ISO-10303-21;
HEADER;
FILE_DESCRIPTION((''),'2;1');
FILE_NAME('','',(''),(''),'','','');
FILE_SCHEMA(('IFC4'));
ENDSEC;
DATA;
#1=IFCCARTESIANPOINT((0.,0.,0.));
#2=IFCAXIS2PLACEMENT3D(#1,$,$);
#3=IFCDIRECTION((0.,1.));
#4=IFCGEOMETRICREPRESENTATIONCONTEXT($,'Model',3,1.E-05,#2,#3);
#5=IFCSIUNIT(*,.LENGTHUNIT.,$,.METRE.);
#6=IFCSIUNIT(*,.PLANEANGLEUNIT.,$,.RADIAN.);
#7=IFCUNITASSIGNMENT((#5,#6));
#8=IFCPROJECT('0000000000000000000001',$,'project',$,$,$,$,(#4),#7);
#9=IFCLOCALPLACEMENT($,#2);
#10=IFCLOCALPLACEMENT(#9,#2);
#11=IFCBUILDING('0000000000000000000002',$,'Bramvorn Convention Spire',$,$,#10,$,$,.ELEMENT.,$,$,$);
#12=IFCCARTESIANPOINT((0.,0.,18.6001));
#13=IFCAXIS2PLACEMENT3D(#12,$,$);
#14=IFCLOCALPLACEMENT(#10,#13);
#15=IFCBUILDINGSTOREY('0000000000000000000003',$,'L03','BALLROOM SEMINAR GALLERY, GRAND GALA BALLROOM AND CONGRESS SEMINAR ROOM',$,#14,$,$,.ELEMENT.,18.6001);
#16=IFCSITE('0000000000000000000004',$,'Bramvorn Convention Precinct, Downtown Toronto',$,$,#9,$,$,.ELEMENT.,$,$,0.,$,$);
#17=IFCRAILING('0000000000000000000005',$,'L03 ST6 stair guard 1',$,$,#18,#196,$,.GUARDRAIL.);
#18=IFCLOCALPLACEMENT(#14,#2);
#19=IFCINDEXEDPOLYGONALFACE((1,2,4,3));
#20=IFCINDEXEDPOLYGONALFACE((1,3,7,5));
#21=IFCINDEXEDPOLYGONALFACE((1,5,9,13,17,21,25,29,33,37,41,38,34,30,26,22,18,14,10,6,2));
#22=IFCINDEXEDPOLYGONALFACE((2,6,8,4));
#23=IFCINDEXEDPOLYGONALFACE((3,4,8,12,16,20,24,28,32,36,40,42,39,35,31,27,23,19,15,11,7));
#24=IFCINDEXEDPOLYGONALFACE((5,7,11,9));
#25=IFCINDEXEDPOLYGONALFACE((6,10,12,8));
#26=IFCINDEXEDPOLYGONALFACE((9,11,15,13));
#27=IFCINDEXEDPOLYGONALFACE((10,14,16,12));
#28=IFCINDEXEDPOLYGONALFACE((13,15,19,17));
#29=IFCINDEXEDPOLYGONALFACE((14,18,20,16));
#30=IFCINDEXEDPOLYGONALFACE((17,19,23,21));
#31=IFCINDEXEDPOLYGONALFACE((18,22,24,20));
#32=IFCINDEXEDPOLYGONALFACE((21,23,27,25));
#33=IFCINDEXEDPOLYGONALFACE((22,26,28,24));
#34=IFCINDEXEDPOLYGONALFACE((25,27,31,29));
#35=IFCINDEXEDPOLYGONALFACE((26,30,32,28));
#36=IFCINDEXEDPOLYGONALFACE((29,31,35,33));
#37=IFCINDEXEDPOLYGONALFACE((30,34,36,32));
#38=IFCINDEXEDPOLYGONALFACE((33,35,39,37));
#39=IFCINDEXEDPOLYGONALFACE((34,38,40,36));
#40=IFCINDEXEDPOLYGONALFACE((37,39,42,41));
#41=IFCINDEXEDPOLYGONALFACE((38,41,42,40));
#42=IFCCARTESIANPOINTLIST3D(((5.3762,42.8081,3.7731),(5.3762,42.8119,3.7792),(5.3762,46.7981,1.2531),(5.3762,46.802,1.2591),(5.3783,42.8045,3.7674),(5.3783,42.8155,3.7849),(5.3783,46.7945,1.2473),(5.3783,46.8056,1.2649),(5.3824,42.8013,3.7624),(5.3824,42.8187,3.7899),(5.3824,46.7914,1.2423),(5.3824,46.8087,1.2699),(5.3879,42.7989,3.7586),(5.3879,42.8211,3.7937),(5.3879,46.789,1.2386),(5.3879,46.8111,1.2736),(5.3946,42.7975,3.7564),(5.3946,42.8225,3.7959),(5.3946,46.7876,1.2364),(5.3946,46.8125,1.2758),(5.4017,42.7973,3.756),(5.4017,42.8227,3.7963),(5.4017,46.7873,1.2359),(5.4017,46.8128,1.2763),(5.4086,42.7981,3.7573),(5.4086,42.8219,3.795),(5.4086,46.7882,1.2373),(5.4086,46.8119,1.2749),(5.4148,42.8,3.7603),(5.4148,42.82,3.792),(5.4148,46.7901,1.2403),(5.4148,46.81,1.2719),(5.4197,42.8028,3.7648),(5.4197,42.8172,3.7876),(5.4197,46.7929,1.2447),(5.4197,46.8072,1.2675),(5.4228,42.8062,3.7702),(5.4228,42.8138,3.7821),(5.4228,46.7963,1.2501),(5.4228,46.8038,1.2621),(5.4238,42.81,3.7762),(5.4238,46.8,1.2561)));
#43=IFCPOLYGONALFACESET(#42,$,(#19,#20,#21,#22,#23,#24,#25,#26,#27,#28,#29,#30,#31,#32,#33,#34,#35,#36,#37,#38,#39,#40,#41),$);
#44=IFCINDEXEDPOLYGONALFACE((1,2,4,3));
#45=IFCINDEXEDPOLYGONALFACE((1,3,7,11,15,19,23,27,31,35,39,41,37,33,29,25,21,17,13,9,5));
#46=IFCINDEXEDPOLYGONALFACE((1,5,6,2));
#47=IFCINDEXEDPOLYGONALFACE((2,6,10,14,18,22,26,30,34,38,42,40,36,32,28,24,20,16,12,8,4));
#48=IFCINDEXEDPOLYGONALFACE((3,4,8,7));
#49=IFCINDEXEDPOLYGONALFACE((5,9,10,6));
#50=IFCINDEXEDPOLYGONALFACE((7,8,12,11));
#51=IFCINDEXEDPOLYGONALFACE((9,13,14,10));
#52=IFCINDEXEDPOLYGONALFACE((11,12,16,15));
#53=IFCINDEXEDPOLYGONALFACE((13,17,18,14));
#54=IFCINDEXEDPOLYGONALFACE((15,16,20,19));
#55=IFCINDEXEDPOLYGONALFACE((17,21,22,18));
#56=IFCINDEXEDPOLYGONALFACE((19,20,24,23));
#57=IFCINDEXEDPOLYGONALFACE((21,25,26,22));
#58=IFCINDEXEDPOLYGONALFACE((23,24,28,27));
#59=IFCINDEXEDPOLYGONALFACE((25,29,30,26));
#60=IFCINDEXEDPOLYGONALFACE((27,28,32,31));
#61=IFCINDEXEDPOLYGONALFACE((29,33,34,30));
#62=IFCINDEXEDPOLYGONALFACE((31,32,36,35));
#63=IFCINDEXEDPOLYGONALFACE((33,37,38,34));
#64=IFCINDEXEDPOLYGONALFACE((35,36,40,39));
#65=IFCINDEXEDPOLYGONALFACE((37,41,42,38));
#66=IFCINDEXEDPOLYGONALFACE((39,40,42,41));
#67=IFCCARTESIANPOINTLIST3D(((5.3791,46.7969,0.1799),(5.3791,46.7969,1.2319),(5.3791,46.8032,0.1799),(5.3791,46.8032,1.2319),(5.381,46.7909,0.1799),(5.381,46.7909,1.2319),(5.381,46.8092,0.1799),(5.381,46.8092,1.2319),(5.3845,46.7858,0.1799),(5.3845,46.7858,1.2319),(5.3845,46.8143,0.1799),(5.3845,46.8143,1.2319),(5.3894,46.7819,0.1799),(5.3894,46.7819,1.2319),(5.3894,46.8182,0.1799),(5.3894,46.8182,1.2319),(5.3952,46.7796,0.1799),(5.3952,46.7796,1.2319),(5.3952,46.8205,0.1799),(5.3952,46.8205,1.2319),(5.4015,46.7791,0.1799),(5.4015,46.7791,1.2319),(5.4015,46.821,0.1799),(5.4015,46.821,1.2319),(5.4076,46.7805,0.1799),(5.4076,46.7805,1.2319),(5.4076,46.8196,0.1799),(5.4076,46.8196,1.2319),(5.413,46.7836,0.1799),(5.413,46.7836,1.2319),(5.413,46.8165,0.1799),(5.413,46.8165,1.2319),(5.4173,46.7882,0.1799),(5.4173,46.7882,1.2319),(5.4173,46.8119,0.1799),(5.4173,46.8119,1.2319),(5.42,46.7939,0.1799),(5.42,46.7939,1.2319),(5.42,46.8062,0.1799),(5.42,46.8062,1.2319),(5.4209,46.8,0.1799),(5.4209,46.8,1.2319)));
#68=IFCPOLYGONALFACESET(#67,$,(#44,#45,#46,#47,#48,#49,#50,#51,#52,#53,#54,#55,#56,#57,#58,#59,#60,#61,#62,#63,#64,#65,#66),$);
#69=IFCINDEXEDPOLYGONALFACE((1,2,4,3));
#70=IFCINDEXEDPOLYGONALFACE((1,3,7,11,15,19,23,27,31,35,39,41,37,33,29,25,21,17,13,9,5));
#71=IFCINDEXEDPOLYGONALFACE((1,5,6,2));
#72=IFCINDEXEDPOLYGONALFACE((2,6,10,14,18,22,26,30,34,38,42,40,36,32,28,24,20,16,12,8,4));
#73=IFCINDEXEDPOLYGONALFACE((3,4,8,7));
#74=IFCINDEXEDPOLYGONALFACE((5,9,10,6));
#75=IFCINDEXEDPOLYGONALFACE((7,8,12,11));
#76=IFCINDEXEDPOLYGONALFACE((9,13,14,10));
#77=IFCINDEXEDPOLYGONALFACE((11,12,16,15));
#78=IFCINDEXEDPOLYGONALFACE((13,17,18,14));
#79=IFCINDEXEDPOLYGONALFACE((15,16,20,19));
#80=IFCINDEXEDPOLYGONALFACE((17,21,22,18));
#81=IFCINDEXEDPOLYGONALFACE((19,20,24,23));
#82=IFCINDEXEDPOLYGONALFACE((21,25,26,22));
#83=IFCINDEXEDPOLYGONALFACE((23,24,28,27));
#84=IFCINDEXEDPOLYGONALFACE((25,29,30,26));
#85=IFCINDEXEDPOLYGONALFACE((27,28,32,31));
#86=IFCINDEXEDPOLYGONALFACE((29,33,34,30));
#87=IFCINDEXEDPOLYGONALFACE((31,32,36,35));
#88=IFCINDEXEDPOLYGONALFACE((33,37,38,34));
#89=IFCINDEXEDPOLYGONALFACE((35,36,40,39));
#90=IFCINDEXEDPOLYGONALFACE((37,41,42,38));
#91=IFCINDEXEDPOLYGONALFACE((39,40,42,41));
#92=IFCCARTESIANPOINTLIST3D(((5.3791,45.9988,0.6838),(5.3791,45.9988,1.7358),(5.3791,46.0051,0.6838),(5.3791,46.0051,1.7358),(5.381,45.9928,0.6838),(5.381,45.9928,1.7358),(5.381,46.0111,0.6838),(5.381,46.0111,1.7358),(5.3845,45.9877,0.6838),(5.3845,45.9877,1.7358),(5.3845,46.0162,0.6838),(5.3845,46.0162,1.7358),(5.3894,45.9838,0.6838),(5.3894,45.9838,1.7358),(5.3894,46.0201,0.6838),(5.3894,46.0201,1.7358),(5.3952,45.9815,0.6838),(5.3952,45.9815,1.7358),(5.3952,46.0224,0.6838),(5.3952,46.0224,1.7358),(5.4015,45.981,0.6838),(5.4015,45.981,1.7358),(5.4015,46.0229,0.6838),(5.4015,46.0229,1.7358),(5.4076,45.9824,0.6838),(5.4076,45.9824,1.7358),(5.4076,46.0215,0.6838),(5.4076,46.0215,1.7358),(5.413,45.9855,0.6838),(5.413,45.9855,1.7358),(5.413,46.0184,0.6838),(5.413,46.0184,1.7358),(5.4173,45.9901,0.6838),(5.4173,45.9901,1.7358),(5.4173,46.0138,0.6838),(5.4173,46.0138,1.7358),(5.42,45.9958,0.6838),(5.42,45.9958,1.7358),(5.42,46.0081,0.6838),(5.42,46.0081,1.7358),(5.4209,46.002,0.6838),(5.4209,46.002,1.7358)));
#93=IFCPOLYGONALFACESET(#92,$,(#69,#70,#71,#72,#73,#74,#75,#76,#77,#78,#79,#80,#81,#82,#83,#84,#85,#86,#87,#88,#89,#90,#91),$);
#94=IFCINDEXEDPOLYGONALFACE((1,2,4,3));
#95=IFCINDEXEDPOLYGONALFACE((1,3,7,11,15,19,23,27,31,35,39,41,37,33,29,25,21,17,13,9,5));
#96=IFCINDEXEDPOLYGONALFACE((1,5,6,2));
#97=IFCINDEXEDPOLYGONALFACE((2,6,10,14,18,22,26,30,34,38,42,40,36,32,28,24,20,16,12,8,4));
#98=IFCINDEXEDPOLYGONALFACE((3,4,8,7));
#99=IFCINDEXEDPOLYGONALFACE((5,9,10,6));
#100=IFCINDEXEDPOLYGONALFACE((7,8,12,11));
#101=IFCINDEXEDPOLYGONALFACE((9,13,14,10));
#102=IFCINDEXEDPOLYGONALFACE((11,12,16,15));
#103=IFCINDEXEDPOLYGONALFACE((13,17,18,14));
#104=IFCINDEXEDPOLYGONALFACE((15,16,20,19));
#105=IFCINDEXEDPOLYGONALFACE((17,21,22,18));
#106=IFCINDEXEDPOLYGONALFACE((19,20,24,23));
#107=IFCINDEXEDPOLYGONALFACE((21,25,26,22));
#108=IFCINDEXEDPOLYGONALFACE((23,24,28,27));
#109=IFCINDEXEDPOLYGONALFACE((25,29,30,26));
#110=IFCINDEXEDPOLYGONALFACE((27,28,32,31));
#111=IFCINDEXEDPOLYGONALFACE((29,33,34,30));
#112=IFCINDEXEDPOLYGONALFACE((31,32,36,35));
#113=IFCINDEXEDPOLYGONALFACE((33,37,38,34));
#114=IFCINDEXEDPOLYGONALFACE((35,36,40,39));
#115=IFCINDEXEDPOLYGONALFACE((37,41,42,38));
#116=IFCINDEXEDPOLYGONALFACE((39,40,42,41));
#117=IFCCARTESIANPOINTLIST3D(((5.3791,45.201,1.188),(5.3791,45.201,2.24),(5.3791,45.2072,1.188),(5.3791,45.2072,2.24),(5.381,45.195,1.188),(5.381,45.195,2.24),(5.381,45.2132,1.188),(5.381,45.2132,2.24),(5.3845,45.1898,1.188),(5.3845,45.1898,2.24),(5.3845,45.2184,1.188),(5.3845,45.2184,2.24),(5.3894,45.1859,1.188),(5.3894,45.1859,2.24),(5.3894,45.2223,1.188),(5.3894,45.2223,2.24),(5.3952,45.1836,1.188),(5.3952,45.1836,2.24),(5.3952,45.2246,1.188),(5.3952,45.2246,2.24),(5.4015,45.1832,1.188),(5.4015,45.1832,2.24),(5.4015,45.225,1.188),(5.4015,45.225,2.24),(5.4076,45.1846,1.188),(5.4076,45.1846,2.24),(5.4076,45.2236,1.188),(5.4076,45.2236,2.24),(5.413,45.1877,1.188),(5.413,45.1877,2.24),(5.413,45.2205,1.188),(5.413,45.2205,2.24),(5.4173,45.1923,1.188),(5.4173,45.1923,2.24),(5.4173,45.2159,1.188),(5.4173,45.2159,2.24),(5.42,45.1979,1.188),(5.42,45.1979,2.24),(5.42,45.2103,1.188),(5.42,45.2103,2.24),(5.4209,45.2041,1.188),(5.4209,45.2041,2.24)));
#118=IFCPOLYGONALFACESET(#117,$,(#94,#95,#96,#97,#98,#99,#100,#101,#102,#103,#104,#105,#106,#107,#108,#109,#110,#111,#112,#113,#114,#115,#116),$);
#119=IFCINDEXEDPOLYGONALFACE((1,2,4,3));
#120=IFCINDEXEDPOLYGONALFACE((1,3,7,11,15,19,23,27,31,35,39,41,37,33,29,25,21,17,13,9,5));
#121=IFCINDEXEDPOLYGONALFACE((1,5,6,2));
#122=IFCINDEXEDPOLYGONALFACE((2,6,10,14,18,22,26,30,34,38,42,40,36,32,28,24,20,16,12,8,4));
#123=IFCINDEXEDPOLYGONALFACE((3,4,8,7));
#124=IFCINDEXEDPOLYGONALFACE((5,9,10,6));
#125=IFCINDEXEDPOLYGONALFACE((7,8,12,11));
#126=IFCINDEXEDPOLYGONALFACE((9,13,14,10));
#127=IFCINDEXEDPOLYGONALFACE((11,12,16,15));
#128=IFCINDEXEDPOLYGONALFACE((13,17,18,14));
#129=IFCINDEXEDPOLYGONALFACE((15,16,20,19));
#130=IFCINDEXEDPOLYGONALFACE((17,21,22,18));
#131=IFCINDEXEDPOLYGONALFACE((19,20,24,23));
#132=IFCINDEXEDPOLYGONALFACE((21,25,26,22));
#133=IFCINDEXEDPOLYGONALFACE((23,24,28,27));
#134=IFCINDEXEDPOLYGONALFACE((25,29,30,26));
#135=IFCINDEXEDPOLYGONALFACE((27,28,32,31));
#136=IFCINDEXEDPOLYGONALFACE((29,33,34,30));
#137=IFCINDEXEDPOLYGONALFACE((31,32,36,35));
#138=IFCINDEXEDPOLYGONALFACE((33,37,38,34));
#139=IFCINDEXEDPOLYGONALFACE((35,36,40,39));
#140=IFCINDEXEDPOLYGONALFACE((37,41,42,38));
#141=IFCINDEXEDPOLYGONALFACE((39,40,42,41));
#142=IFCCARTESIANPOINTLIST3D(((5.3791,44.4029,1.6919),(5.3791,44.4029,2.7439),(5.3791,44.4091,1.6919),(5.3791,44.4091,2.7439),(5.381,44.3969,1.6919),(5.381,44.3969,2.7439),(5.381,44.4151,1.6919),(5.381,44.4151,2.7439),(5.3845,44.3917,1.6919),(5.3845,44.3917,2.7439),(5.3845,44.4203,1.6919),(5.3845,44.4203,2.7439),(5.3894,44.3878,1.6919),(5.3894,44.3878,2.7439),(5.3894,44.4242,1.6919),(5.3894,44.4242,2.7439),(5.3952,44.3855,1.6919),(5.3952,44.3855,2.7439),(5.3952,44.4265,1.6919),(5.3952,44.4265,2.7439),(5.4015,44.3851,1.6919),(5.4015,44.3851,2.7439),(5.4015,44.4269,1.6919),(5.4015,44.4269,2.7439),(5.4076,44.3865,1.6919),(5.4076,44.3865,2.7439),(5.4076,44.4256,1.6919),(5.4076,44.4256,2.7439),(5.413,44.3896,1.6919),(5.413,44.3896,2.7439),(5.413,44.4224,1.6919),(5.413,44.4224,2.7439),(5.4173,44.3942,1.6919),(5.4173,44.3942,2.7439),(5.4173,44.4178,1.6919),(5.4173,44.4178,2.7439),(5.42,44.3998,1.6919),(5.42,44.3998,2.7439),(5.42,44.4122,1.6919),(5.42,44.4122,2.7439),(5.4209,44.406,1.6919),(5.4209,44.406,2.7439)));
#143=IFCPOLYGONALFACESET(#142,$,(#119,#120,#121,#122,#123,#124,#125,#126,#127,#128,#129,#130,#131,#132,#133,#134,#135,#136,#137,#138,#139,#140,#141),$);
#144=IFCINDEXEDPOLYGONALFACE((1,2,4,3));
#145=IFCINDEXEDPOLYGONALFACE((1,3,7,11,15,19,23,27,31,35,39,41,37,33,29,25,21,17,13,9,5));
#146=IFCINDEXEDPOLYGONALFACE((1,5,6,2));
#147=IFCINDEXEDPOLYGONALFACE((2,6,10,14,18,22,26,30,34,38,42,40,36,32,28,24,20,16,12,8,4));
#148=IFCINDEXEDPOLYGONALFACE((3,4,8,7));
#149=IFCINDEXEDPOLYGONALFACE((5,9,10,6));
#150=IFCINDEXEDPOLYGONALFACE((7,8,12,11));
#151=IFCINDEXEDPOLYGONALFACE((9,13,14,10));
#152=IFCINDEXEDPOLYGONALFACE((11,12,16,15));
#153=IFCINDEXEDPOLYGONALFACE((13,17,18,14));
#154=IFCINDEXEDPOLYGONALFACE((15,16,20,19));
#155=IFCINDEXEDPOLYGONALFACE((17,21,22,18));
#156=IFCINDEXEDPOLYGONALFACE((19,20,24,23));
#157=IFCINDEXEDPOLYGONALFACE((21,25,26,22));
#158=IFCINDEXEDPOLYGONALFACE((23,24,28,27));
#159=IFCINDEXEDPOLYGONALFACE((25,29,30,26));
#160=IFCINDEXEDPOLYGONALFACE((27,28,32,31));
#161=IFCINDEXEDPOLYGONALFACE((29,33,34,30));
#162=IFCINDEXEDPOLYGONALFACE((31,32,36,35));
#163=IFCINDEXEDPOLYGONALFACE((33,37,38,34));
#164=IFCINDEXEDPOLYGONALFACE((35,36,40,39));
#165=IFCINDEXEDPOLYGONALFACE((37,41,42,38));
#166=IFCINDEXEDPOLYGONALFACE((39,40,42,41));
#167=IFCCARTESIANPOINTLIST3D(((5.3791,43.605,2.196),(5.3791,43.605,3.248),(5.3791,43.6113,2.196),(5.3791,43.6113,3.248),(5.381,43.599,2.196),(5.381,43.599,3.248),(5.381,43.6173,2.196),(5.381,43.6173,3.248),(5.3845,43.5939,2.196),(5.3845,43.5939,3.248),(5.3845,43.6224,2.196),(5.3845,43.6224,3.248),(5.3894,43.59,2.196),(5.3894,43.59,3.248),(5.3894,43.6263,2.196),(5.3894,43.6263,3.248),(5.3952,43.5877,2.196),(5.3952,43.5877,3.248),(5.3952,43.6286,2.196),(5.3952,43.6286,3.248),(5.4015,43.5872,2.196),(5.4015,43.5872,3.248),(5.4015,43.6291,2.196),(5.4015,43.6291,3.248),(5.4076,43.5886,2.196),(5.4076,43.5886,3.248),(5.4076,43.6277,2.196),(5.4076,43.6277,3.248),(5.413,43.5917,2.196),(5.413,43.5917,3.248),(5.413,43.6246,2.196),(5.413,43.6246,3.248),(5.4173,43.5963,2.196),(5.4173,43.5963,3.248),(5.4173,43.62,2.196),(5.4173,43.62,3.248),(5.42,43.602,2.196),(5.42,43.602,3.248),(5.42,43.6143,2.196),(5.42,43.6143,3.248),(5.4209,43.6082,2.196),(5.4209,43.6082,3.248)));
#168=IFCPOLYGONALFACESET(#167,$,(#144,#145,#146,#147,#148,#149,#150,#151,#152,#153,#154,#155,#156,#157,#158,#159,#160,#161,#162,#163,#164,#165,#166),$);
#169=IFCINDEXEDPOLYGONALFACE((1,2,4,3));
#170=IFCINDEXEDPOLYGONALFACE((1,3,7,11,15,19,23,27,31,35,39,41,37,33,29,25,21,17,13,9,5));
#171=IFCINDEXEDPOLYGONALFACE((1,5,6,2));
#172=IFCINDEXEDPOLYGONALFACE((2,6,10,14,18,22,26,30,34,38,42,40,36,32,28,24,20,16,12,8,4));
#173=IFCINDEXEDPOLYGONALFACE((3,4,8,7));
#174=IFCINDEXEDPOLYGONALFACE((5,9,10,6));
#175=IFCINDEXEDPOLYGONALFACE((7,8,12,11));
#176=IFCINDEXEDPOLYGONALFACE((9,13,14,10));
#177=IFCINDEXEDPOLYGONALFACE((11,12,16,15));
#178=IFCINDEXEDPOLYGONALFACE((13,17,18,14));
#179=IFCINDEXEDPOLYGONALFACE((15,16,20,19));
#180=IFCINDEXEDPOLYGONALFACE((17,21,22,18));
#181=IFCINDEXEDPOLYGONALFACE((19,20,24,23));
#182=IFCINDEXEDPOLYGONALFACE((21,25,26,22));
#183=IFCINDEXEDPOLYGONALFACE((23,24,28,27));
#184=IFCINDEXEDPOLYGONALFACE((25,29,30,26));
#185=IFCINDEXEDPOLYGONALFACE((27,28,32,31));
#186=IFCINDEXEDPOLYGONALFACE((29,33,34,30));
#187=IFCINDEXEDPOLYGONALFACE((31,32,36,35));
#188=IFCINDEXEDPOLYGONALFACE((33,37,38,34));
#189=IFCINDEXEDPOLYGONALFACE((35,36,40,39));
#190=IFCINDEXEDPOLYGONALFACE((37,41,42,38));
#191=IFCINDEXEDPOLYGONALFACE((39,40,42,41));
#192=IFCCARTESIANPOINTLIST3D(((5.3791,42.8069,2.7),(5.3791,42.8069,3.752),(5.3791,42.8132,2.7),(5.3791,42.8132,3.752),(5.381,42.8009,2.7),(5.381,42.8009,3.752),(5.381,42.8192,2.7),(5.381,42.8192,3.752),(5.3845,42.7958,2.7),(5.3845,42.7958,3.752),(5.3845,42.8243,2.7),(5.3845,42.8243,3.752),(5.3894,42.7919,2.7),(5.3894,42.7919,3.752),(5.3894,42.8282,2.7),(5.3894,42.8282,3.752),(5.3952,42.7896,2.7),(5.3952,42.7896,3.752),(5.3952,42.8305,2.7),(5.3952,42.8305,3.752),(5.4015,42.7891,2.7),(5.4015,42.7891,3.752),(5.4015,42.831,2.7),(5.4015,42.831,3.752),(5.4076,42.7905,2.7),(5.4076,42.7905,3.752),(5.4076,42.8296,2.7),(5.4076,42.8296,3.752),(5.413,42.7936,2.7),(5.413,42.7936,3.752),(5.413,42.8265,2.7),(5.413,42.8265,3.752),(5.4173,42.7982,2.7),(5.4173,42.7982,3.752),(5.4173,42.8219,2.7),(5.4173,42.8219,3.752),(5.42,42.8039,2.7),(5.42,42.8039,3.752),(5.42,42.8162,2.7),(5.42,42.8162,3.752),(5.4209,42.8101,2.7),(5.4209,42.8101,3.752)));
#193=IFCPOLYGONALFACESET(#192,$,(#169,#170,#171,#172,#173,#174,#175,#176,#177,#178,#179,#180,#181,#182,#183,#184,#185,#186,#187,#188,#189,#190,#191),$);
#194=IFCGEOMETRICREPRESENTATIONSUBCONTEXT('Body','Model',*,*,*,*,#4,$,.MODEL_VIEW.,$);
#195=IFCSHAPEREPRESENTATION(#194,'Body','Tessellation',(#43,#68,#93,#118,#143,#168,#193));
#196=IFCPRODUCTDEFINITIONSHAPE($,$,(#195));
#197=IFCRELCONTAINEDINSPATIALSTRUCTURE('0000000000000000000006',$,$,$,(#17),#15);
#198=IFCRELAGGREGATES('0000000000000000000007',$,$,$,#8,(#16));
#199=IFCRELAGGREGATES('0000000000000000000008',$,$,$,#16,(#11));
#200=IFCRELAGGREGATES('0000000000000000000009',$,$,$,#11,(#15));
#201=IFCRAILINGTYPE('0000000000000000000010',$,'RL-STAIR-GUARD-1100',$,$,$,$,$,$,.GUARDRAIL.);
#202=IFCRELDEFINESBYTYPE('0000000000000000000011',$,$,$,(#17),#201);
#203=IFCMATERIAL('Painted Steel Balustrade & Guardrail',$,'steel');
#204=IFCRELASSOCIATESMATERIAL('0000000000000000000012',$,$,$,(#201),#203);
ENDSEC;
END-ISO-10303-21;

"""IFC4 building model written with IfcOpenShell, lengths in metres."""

from ifc_helpers import new_model, si_unit, direction, frame, origin, origin_2d, place, context, subcontext, project, spatial, circle, extrude, material, type_object, element, save


model = new_model("IFC4")

# Units and contexts
model_context = context("Model", 3, precision=1e-05, world=origin(), true_north=direction((0.0, 1.0)))
body_context = subcontext(model_context, "Body", "Model", "MODEL_VIEW")
ifc_project = project(units=[si_unit("LENGTHUNIT", "METRE"), si_unit("PLANEANGLEUNIT", "RADIAN")], contexts=[model_context])

# Site, building, storey
site_placement = place(None, origin())
site = spatial("IfcSite", under=ifc_project, at=site_placement, Name="Bramvorn Convention Precinct, Downtown Toronto", CompositionType="ELEMENT", RefElevation=0.0)
building_placement = place(site_placement, origin())
building = spatial("IfcBuilding", under=site, at=building_placement, Name="Bramvorn Convention Spire", CompositionType="ELEMENT")
storey_placement = place(building_placement, frame((0.0, 0.0, 18.6001)))
storey = spatial("IfcBuildingStorey", under=building, at=storey_placement, Name="L03", Description="BALLROOM SEMINAR GALLERY, GRAND GALA BALLROOM AND CONGRESS SEMINAR ROOM", CompositionType="ELEMENT", Elevation=18.6001)

# Railing
ifc_material_1 = material(Name="Painted Steel Balustrade & Guardrail", Category="steel")
railing_type_1 = type_object("IfcRailingType", Name="RL-STAIR-GUARD-1100", PredefinedType="GUARDRAIL", material=ifc_material_1)
railing_1_placement = place(storey_placement, frame((5.3999, 46.8, 0.1799)))
element("IfcRailing", 1, at=railing_1_placement, inside=storey, type_object=railing_type_1, Name="L03 ST6 stair guard 1", PredefinedType="GUARDRAIL", context=body_context, shape_type="SweptSolid", body=[
    extrude(circle(Radius=0.0239, at=origin_2d()), frame((0.0, 0.0, 1.0762), z_axis=(0.0, -0.845486, 0.533997), x_axis=(1.0, 0.0, 0.0)), (0.0, 0.0, 1.0), 4.7192),
    extrude(circle(Radius=0.021, at=origin_2d()), origin(), (0.0, 0.0, 1.0), 1.052),
    extrude(circle(Radius=0.021, at=origin_2d()), frame((0.0, -0.7981, 0.5039)), (0.0, 0.0, 1.0), 1.052),
    extrude(circle(Radius=0.021, at=origin_2d()), frame((0.0, -1.5959, 1.0081)), (0.0, 0.0, 1.0), 1.052),
    extrude(circle(Radius=0.021, at=origin_2d()), frame((0.0, -2.394, 1.512)), (0.0, 0.0, 1.0), 1.052),
    extrude(circle(Radius=0.021, at=origin_2d()), frame((0.0, -3.1919, 2.0161)), (0.0, 0.0, 1.0), 1.052),
    extrude(circle(Radius=0.021, at=origin_2d()), frame((0.0, -3.99, 2.52)), (0.0, 0.0, 1.0), 1.052),
])

save(model, "model.ifc")
